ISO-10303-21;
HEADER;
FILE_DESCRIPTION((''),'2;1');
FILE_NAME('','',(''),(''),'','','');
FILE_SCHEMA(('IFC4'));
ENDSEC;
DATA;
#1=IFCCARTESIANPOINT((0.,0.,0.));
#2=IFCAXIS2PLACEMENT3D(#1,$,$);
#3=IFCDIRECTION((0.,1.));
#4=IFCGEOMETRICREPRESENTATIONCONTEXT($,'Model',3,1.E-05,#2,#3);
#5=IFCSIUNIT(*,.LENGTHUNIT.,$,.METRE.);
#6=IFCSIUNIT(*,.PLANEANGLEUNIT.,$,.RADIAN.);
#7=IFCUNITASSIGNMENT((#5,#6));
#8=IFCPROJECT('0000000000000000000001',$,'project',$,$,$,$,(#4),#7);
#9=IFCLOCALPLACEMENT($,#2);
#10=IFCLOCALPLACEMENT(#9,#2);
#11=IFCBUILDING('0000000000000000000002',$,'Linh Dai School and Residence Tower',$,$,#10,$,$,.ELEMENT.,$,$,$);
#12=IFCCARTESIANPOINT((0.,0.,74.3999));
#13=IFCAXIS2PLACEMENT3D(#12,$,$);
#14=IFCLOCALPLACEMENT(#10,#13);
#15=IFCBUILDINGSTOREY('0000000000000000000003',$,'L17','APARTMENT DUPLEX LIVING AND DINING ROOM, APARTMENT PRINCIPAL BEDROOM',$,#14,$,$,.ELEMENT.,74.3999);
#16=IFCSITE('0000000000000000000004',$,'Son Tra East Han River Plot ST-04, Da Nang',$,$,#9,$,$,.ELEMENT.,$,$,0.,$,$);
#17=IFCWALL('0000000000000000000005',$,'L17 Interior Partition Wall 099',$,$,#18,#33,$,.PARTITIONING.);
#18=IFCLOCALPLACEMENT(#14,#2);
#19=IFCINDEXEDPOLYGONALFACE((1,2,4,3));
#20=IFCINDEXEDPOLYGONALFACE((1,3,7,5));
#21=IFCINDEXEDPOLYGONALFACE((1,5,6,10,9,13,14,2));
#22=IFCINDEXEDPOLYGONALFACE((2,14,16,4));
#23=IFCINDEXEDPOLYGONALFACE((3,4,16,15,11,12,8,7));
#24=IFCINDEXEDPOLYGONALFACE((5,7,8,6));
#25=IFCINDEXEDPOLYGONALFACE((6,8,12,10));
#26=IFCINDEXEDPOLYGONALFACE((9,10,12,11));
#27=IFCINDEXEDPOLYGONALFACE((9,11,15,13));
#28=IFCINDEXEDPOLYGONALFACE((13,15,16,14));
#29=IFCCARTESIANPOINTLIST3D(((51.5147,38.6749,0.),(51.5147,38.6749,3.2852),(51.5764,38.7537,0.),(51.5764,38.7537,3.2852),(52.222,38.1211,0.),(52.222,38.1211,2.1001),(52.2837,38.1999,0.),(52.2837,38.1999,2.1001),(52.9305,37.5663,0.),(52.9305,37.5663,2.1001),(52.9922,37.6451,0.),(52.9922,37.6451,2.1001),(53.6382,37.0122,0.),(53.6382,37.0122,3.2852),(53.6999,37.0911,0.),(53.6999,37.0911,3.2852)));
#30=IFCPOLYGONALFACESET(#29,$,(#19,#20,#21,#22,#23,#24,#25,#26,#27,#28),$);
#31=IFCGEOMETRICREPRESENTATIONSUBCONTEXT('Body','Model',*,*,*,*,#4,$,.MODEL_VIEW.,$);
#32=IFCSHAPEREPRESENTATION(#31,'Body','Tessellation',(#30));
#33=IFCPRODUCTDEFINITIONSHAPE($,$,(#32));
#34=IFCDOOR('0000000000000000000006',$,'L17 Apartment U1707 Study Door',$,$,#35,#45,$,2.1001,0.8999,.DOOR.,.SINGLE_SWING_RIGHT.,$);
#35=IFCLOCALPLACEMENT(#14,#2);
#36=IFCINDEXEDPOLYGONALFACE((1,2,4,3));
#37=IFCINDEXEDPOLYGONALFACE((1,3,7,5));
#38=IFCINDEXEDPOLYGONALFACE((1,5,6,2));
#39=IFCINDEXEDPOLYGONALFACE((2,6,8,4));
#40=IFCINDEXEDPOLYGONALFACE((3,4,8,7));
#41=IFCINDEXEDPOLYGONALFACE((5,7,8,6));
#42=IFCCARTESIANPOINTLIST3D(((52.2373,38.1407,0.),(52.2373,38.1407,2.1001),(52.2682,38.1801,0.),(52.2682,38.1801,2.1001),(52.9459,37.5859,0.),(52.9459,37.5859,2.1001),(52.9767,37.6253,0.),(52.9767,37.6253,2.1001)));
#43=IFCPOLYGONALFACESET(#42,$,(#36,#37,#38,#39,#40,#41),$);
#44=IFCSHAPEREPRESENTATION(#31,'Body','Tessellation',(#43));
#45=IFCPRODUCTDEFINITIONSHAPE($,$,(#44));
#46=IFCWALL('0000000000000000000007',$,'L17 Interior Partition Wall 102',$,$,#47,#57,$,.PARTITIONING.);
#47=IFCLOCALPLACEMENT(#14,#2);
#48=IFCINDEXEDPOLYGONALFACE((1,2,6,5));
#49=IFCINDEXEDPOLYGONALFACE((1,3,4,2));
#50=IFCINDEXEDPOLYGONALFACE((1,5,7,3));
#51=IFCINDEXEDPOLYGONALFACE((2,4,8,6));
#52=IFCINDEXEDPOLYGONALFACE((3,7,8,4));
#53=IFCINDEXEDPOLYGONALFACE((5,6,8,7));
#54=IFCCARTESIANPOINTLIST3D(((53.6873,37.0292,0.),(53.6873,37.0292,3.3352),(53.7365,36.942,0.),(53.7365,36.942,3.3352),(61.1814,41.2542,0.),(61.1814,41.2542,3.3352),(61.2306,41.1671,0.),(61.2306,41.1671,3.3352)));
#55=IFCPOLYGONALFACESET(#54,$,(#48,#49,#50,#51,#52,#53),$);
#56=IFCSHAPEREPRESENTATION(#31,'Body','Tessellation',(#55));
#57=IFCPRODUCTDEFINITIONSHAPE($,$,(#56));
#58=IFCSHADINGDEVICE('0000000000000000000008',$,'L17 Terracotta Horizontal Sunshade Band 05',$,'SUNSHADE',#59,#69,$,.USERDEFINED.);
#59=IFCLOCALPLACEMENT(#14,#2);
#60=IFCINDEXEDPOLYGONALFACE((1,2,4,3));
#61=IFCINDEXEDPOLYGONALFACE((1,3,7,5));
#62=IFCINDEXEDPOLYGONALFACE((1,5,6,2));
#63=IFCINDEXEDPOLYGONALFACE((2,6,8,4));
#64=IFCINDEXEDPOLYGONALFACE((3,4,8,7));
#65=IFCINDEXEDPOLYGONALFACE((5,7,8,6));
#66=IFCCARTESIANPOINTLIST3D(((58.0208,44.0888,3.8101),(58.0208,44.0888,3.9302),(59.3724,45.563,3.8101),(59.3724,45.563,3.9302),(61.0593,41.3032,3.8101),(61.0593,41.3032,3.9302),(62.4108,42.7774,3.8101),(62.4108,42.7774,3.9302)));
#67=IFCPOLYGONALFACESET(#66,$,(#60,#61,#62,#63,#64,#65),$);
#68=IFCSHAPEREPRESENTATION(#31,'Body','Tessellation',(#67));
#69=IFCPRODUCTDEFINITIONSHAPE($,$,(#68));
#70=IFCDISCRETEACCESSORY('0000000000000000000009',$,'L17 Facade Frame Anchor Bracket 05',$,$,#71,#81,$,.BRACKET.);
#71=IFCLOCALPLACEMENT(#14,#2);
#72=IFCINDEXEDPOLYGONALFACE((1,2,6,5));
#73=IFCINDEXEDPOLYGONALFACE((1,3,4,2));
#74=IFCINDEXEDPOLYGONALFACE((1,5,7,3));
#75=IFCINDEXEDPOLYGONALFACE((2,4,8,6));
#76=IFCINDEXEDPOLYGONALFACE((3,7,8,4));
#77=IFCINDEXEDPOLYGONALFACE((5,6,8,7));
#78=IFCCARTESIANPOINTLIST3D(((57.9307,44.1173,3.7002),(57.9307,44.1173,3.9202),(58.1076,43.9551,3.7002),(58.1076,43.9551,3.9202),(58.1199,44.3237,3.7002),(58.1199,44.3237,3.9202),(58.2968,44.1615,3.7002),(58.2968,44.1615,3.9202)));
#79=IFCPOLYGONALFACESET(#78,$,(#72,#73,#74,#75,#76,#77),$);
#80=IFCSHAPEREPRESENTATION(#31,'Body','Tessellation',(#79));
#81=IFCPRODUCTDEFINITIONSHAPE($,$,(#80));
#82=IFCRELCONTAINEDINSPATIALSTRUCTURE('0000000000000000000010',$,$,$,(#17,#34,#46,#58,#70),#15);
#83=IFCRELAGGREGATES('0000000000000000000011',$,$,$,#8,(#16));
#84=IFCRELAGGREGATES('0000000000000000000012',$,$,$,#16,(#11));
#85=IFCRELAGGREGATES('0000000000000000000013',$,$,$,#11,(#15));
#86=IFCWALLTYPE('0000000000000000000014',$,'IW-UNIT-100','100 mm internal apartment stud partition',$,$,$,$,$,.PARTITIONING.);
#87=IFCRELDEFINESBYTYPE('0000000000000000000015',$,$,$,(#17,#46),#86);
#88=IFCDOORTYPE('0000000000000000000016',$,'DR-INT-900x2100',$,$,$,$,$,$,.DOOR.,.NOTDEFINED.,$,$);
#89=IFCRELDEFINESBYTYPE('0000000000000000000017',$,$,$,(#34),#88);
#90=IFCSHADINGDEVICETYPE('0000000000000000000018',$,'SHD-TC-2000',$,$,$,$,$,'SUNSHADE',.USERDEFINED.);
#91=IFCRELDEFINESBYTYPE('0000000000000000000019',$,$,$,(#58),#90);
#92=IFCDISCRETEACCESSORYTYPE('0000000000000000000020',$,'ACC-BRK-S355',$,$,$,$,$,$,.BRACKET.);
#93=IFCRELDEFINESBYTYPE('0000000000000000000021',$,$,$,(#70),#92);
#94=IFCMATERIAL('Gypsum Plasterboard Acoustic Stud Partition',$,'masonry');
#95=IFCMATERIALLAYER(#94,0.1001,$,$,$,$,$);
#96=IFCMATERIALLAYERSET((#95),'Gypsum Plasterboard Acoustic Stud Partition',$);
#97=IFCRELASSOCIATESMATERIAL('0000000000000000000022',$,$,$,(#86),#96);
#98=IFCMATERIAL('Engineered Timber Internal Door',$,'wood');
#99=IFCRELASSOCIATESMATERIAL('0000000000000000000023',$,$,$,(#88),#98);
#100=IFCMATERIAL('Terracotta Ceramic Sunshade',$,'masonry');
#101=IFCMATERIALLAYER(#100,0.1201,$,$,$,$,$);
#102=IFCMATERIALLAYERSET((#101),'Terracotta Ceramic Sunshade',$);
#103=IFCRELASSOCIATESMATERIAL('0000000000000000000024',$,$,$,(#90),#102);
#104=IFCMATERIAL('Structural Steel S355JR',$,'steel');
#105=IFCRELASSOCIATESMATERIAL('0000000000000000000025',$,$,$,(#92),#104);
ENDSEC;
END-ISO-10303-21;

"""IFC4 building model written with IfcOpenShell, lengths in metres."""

from ifc_helpers import new_model, si_unit, direction, frame, frame_2d, origin, origin_2d, place, context, subcontext, project, spatial, rectangle, extrude, source, transform, mapped, material, layer, layer_set, type_object, element, fill, save


model = new_model("IFC4")

# Units and contexts
model_context = context("Model", 3, precision=1e-05, world=origin(), true_north=direction((0.0, 1.0)))
body_context = subcontext(model_context, "Body", "Model", "MODEL_VIEW")
ifc_project = project(units=[si_unit("LENGTHUNIT", "METRE"), si_unit("PLANEANGLEUNIT", "RADIAN")], contexts=[model_context])

# Site, building, storey
site_placement = place(None, origin())
site = spatial("IfcSite", under=ifc_project, at=site_placement, Name="Son Tra East Han River Plot ST-04, Da Nang", CompositionType="ELEMENT", RefElevation=0.0)
building_placement = place(site_placement, origin())
building = spatial("IfcBuilding", under=site, at=building_placement, Name="Linh Dai School and Residence Tower", CompositionType="ELEMENT")
storey_placement = place(building_placement, frame((0.0, 0.0, 74.3999)))
storey = spatial("IfcBuildingStorey", under=building, at=storey_placement, Name="L17", Description="APARTMENT DUPLEX LIVING AND DINING ROOM, APARTMENT PRINCIPAL BEDROOM", CompositionType="ELEMENT", Elevation=74.3999)

# Shared definitions
ifc_material_1 = material(Name="Structural Steel S355JR", Category="steel")

# Wall, opening, door
ifc_material_2 = material(Name="Gypsum Plasterboard Acoustic Stud Partition", Category="masonry")
ifc_layer_1 = layer(ifc_material_2, 0.1001)
ifc_layer_set_1 = layer_set([ifc_layer_1], Name="Gypsum Plasterboard Acoustic Stud Partition")
wall_type_1 = type_object("IfcWallType", Name="IW-UNIT-100", Description="100 mm internal apartment stud partition", PredefinedType="PARTITIONING", material=ifc_layer_set_1)
wall_1_placement = place(storey_placement, frame((51.5454, 38.7144, 0.0), z_axis=(0.0, 0.0, 1.0), x_axis=(0.787379, -0.616469, 0.0)))
wall_1 = element("IfcWall", 1, at=wall_1_placement, inside=storey, type_object=wall_type_1, Name="L17 Interior Partition Wall 099", PredefinedType="PARTITIONING", context=body_context, shape_type="SweptSolid", body=[
    extrude(rectangle(XDim=2.697, YDim=0.1001, at=frame_2d((1.3486, 0.0))), origin(), (0.0, 0.0, 1.0), 3.2852),
])
opening_1_placement = place(wall_1_placement, frame((0.8984, 0.0, 0.0)))
opening_1 = element("IfcOpeningElement", 2, at=opening_1_placement, cuts=wall_1, PredefinedType="OPENING", context=body_context, shape_type="SweptSolid", body=[
    extrude(rectangle(XDim=0.8999, YDim=2.1001, at=origin_2d()), frame((0.45, 0.0601, 1.05), z_axis=(0.0, -1.0, 0.0), x_axis=(1.0, 0.0, 0.0)), (0.0, 0.0, 1.0), 0.1201),
])
ifc_material_3 = material(Name="Engineered Timber Internal Door", Category="wood")
door_type = type_object("IfcDoorType", Name="DR-INT-900x2100", OperationType="NOTDEFINED", PredefinedType="DOOR", material=ifc_material_3)
shared_shape_1 = source(origin(), body_context, "Body", "SweptSolid", [
    extrude(rectangle(XDim=0.8999, YDim=2.1001, at=origin_2d()), frame((0.45, 0.0249, 1.05), z_axis=(0.0, -1.0, 0.0), x_axis=(1.0, 0.0, 0.0)), (0.0, 0.0, 1.0), 0.05),
])
door_placement = place(opening_1_placement, origin())
door = element("IfcDoor", 3, at=door_placement, inside=storey, type_object=door_type, Name="L17 Apartment U1707 Study Door", OperationType="SINGLE_SWING_RIGHT", OverallHeight=2.1001, OverallWidth=0.8999, PredefinedType="DOOR", context=body_context, shape_type="MappedRepresentation", body=[
    mapped(shared_shape_1, transform((0.0, 0.0, 0.0), x_axis=(1.0, 0.0, 0.0), y_axis=(0.0, 1.0, 0.0), z_axis=(0.0, 0.0, 1.0), scale=1.0)),
])
fill(opening_1, door)

# Wall
wall_2_placement = place(storey_placement, frame((53.7119, 36.9856, 0.0), z_axis=(0.0, 0.0, 1.0), x_axis=(0.871096, 0.491113, 0.0)))
element("IfcWall", 4, at=wall_2_placement, inside=storey, type_object=wall_type_1, Name="L17 Interior Partition Wall 102", PredefinedType="PARTITIONING", context=body_context, shape_type="SweptSolid", body=[
    extrude(rectangle(XDim=8.603, YDim=0.1001, at=frame_2d((4.3015, 0.0))), origin(), (0.0, 0.0, 1.0), 3.3352),
])

# Shading device
ifc_material_4 = material(Name="Terracotta Ceramic Sunshade", Category="masonry")
ifc_layer_2 = layer(ifc_material_4, 0.1201)
ifc_layer_set_2 = layer_set([ifc_layer_2], Name="Terracotta Ceramic Sunshade")
shading_device_type = type_object("IfcShadingDeviceType", Name="SHD-TC-2000", ElementType="SUNSHADE", PredefinedType="USERDEFINED", material=ifc_layer_set_2)
shared_shape_2 = source(origin(), body_context, "Body", "SweptSolid", [
    extrude(rectangle(XDim=4.1221, YDim=2.0, at=origin_2d()), origin(), (0.0, 0.0, 1.0), 0.1201),
])
shading_device_placement = place(storey_placement, frame((60.2158, 43.4331, 3.8101), z_axis=(0.0, 0.0, 1.0), x_axis=(0.737113, -0.675769, 0.0)))
element("IfcShadingDevice", 5, at=shading_device_placement, inside=storey, type_object=shading_device_type, Name="L17 Terracotta Horizontal Sunshade Band 05", ObjectType="SUNSHADE", PredefinedType="USERDEFINED", context=body_context, shape_type="MappedRepresentation", body=[
    mapped(shared_shape_2, transform((0.0, 0.0, 0.0), x_axis=(1.0, 0.0, 0.0), y_axis=(0.0, 1.0, 0.0), z_axis=(0.0, 0.0, 1.0), scale=1.0)),
])

# Discrete accessory
discrete_accessory_type = type_object("IfcDiscreteAccessoryType", Name="ACC-BRK-S355", PredefinedType="BRACKET", material=ifc_material_1)
shared_shape_3 = source(origin(), body_context, "Body", "SweptSolid", [
    extrude(rectangle(XDim=0.28, YDim=0.24, at=origin_2d()), origin(), (0.0, 0.0, 1.0), 0.22),
])
discrete_accessory_placement = place(storey_placement, frame((58.1138, 44.1394, 3.7002), z_axis=(0.0, 0.0, 1.0), x_axis=(0.675769, 0.737113, 0.0)))
element("IfcDiscreteAccessory", 6, at=discrete_accessory_placement, inside=storey, type_object=discrete_accessory_type, Name="L17 Facade Frame Anchor Bracket 05", PredefinedType="BRACKET", context=body_context, shape_type="MappedRepresentation", body=[
    mapped(shared_shape_3, transform((0.0, 0.0, 0.0), x_axis=(1.0, 0.0, 0.0), y_axis=(0.0, 1.0, 0.0), z_axis=(0.0, 0.0, 1.0), scale=1.0)),
])

save(model, "model.ifc")
